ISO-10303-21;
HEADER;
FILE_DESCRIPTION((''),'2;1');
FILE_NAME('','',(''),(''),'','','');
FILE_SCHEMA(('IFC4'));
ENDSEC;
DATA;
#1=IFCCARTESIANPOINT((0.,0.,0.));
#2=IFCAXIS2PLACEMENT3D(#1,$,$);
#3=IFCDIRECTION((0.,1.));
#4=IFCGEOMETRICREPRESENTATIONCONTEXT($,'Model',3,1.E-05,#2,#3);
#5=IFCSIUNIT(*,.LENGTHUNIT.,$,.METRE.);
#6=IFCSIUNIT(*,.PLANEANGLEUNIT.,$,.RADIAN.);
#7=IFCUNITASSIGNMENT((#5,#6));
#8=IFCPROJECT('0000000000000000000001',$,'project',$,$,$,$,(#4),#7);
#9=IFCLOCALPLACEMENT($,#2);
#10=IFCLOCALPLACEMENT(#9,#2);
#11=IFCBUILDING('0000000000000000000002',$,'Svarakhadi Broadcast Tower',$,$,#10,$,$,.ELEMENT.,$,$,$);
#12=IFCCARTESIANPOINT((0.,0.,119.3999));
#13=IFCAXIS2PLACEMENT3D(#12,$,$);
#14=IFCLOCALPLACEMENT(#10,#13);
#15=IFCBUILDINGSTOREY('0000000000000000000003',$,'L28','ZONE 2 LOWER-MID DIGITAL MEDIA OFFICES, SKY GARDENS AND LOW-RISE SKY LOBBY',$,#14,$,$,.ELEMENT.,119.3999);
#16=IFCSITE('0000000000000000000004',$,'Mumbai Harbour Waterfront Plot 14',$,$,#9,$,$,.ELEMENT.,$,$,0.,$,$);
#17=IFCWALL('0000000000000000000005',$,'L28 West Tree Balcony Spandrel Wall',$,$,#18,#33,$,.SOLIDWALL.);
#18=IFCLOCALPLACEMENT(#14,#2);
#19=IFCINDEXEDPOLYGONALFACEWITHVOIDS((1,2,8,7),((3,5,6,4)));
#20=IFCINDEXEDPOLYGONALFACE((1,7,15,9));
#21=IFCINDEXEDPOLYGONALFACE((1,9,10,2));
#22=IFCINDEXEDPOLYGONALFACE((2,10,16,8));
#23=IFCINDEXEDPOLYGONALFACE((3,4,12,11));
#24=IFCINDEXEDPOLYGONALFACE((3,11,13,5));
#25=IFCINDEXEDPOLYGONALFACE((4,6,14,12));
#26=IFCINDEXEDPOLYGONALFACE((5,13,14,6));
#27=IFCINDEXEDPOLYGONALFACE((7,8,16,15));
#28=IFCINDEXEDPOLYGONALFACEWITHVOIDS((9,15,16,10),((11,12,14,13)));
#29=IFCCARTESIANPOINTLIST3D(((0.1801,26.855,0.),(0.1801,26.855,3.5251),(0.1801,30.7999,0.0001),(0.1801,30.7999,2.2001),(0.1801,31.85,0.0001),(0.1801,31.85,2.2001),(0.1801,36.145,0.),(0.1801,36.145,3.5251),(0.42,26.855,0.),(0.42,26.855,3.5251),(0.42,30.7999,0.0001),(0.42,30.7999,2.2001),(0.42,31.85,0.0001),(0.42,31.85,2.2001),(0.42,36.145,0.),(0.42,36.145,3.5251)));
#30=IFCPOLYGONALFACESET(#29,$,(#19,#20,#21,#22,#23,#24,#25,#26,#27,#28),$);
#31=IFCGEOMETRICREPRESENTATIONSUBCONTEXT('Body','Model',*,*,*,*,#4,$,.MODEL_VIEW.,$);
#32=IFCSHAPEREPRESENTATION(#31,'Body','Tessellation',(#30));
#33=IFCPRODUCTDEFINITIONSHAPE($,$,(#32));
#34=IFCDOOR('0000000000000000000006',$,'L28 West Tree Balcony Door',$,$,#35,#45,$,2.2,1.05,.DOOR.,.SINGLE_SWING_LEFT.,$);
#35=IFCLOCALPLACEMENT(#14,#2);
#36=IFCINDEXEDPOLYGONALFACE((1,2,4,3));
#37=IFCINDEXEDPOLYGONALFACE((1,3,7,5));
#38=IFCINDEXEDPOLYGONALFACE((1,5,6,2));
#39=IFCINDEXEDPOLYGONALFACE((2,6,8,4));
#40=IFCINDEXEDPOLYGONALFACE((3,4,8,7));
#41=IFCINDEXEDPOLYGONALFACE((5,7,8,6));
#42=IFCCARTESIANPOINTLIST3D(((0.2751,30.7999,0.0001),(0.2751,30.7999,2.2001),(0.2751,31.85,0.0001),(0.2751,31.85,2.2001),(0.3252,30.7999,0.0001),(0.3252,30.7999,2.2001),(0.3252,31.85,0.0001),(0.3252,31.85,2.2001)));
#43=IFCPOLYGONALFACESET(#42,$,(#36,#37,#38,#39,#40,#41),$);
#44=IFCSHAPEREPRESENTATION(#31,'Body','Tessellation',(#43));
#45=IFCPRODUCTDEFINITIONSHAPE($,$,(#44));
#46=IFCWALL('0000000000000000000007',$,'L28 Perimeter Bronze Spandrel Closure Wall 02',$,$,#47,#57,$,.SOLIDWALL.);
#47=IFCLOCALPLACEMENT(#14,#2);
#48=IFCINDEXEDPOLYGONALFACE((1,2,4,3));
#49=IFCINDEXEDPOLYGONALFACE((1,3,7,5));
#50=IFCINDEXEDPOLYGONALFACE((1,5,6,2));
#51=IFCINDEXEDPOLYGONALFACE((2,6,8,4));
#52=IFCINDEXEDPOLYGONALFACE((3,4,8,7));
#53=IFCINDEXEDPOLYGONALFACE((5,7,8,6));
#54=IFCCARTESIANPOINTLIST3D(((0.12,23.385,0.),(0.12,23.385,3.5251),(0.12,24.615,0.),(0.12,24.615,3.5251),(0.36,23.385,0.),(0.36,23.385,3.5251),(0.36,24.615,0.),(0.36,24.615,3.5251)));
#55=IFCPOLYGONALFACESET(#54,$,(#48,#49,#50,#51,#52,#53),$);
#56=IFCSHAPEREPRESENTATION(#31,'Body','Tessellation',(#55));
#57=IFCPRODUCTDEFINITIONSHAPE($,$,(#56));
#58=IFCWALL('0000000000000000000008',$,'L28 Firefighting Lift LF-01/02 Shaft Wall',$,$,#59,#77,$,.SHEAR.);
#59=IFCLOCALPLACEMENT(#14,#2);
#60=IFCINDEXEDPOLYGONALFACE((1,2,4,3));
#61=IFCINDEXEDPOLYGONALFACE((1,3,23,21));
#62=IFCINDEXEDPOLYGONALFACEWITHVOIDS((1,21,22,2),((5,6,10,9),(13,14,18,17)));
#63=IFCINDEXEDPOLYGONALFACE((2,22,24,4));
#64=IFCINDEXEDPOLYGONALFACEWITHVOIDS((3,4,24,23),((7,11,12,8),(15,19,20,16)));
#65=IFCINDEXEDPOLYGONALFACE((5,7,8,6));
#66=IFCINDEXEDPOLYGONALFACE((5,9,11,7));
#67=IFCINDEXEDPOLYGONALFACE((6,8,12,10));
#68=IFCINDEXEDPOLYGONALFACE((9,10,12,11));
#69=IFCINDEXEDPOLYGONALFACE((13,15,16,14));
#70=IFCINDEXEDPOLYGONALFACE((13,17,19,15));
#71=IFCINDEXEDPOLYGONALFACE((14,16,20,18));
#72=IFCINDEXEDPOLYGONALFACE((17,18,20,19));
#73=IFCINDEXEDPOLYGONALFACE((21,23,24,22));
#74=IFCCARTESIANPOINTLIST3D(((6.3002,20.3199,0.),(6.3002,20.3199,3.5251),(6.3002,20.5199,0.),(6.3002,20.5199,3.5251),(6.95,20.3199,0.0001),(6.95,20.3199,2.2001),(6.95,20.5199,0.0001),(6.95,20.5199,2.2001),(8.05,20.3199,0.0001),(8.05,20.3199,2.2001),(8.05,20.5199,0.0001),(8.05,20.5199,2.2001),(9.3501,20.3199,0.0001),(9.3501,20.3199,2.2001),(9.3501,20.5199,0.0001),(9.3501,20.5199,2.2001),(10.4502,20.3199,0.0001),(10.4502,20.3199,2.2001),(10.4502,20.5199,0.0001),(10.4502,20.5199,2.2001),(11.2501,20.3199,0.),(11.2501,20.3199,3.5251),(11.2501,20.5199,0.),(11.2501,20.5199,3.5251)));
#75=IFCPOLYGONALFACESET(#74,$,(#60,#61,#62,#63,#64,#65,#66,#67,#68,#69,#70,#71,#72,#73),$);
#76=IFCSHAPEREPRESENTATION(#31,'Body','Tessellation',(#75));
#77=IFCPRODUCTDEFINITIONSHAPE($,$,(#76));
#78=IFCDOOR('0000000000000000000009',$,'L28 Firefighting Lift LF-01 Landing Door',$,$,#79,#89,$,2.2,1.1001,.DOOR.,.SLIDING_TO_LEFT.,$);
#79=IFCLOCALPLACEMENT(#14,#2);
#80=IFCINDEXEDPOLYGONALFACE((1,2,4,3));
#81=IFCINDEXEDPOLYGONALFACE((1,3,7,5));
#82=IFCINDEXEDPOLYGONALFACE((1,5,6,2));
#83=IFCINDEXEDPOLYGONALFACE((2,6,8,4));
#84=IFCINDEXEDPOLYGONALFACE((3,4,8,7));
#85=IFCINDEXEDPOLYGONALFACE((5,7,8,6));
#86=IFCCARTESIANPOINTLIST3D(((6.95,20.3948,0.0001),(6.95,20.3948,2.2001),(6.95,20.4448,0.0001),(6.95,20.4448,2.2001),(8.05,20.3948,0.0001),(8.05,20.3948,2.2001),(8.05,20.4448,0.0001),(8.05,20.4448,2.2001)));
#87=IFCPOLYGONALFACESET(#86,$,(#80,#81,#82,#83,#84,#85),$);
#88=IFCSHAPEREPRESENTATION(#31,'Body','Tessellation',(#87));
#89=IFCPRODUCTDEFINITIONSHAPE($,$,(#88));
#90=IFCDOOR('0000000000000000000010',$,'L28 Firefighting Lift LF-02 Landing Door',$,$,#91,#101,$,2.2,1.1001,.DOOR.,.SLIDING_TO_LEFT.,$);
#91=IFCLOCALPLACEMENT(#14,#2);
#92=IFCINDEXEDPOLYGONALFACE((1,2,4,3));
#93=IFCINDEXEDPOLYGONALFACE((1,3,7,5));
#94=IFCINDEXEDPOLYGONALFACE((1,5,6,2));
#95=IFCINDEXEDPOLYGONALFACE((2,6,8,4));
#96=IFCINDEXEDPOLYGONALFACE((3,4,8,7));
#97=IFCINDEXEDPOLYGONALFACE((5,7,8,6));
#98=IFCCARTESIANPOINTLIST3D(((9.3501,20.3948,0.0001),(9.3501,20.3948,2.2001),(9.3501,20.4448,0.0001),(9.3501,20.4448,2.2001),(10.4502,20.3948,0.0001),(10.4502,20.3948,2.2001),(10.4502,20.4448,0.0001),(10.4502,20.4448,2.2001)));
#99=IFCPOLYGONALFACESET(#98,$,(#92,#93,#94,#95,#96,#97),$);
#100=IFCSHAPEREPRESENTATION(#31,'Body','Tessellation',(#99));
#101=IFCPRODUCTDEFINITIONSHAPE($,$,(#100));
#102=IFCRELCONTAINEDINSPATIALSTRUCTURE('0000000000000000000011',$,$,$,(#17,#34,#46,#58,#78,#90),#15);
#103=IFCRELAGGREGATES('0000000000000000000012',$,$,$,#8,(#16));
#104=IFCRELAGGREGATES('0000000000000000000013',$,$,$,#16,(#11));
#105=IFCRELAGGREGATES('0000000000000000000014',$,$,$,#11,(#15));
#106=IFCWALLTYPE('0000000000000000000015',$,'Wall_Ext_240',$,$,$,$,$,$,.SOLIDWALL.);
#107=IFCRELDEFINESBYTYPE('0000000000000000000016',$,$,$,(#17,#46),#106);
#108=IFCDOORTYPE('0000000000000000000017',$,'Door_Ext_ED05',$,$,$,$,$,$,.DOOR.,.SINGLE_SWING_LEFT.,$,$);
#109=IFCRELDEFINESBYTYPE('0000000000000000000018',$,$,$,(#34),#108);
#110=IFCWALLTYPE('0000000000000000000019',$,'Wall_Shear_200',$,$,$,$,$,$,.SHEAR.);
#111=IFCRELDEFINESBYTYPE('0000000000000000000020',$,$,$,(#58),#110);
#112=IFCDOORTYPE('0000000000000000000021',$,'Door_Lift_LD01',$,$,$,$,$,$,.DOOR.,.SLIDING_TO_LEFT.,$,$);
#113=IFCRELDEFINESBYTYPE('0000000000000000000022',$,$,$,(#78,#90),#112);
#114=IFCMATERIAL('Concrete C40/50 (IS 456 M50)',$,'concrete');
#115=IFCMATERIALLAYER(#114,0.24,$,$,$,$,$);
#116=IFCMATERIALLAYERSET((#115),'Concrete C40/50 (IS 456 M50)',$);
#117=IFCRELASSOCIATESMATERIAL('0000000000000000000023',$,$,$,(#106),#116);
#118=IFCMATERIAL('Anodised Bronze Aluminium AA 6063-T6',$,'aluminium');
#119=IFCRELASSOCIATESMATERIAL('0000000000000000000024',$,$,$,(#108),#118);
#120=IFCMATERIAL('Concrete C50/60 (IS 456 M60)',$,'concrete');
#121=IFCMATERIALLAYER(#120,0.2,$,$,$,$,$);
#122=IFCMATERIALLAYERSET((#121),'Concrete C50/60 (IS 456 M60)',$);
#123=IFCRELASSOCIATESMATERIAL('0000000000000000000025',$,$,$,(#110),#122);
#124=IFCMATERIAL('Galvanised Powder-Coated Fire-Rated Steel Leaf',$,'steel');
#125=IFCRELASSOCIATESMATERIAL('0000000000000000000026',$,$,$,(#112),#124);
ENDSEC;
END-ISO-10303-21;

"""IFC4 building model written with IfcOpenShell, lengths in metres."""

from ifc_helpers import new_model, si_unit, direction, frame, frame_2d, origin, place, context, subcontext, project, spatial, rectangle, extrude, material, layer, layer_set, type_object, element, fill, save


model = new_model("IFC4")

# Units and contexts
model_context = context("Model", 3, precision=1e-05, world=origin(), true_north=direction((0.0, 1.0)))
body_context = subcontext(model_context, "Body", "Model", "MODEL_VIEW")
ifc_project = project(units=[si_unit("LENGTHUNIT", "METRE"), si_unit("PLANEANGLEUNIT", "RADIAN")], contexts=[model_context])

# Site, building, storey
site_placement = place(None, origin())
site = spatial("IfcSite", under=ifc_project, at=site_placement, Name="Mumbai Harbour Waterfront Plot 14", CompositionType="ELEMENT", RefElevation=0.0)
building_placement = place(site_placement, origin())
building = spatial("IfcBuilding", under=site, at=building_placement, Name="Svarakhadi Broadcast Tower", CompositionType="ELEMENT")
storey_placement = place(building_placement, frame((0.0, 0.0, 119.3999)))
storey = spatial("IfcBuildingStorey", under=building, at=storey_placement, Name="L28", Description="ZONE 2 LOWER-MID DIGITAL MEDIA OFFICES, SKY GARDENS AND LOW-RISE SKY LOBBY", CompositionType="ELEMENT", Elevation=119.3999)

# Shared definitions
ifc_material_1 = material(Name="Concrete C50/60 (IS 456 M60)", Category="concrete")

# Shared definitions
ifc_material_2 = material(Name="Anodised Bronze Aluminium AA 6063-T6", Category="aluminium")

# Wall, opening, door
ifc_material_3 = material(Name="Concrete C40/50 (IS 456 M50)", Category="concrete")
ifc_layer_1 = layer(ifc_material_3, 0.24)
ifc_layer_set_1 = layer_set([ifc_layer_1], Name="Concrete C40/50 (IS 456 M50)")
wall_type_1 = type_object("IfcWallType", Name="Wall_Ext_240", PredefinedType="SOLIDWALL", material=ifc_layer_set_1)
wall_1_placement = place(storey_placement, frame((0.3, 26.855, 0.0), z_axis=(0.0, 0.0, 1.0), x_axis=(0.0, 1.0, 0.0)))
wall_1 = element("IfcWall", 1, at=wall_1_placement, inside=storey, type_object=wall_type_1, Name="L28 West Tree Balcony Spandrel Wall", PredefinedType="SOLIDWALL", context=body_context, shape_type="SweptSolid", body=[
    extrude(rectangle(XDim=9.29, YDim=0.24, at=frame_2d((4.645, 0.0))), origin(), (0.0, 0.0, 1.0), 3.5251),
])
opening_1_placement = place(wall_1_placement, frame((3.9451, 0.0, 0.0)))
opening_1 = element("IfcOpeningElement", 2, at=opening_1_placement, cuts=wall_1, PredefinedType="OPENING", context=body_context, shape_type="SweptSolid", body=[
    extrude(rectangle(XDim=1.05, YDim=2.2, at=frame_2d((0.5249, 1.1001))), frame((0.0, 0.1299, 0.0), z_axis=(0.0, -1.0, 0.0), x_axis=(1.0, 0.0, 0.0)), (0.0, 0.0, 1.0), 0.26),
])
door_type_1 = type_object("IfcDoorType", Name="Door_Ext_ED05", OperationType="SINGLE_SWING_LEFT", PredefinedType="DOOR", material=ifc_material_2)
door_1_placement = place(opening_1_placement, origin())
door_1 = element("IfcDoor", 3, at=door_1_placement, inside=storey, type_object=door_type_1, Name="L28 West Tree Balcony Door", OperationType="SINGLE_SWING_LEFT", OverallHeight=2.2, OverallWidth=1.05, PredefinedType="DOOR", context=body_context, shape_type="SweptSolid", body=[
    extrude(rectangle(XDim=1.05, YDim=2.2, at=frame_2d((0.5249, 1.1001))), frame((0.0, 0.0249, 0.0), z_axis=(0.0, -1.0, 0.0), x_axis=(1.0, 0.0, 0.0)), (0.0, 0.0, 1.0), 0.05),
])
fill(opening_1, door_1)

# Wall
wall_2_placement = place(storey_placement, frame((0.24, 23.385, 0.0), z_axis=(0.0, 0.0, 1.0), x_axis=(0.0, 1.0, 0.0)))
element("IfcWall", 4, at=wall_2_placement, inside=storey, type_object=wall_type_1, Name="L28 Perimeter Bronze Spandrel Closure Wall 02", PredefinedType="SOLIDWALL", context=body_context, shape_type="SweptSolid", body=[
    extrude(rectangle(XDim=1.23, YDim=0.24, at=frame_2d((0.615, 0.0))), origin(), (0.0, 0.0, 1.0), 3.5251),
])

# Wall, openings, doors
ifc_layer_2 = layer(ifc_material_1, 0.2)
ifc_layer_set_2 = layer_set([ifc_layer_2], Name="Concrete C50/60 (IS 456 M60)")
wall_type_2 = type_object("IfcWallType", Name="Wall_Shear_200", PredefinedType="SHEAR", material=ifc_layer_set_2)
wall_3_placement = place(storey_placement, frame((6.3, 20.4199, 0.0), z_axis=(0.0, 0.0, 1.0), x_axis=(1.0, 0.0, 0.0)))
wall_3 = element("IfcWall", 5, at=wall_3_placement, inside=storey, type_object=wall_type_2, Name="L28 Firefighting Lift LF-01/02 Shaft Wall", PredefinedType="SHEAR", context=body_context, shape_type="SweptSolid", body=[
    extrude(rectangle(XDim=4.95, YDim=0.2, at=frame_2d((2.4751, 0.0))), origin(), (0.0, 0.0, 1.0), 3.5251),
])
opening_2_placement = place(wall_3_placement, frame((0.6499, 0.0, 0.0)))
opening_2 = element("IfcOpeningElement", 6, at=opening_2_placement, cuts=wall_3, PredefinedType="OPENING", context=body_context, shape_type="SweptSolid", body=[
    extrude(rectangle(XDim=1.1001, YDim=2.2, at=frame_2d((0.55, 1.1001))), frame((0.0, 0.1099, 0.0), z_axis=(0.0, -1.0, 0.0), x_axis=(1.0, 0.0, 0.0)), (0.0, 0.0, 1.0), 0.22),
])
opening_3_placement = place(wall_3_placement, frame((3.05, 0.0, 0.0)))
opening_3 = element("IfcOpeningElement", 7, at=opening_3_placement, cuts=wall_3, PredefinedType="OPENING", context=body_context, shape_type="SweptSolid", body=[
    extrude(rectangle(XDim=1.1001, YDim=2.2, at=frame_2d((0.55, 1.1001))), frame((0.0, 0.1099, 0.0), z_axis=(0.0, -1.0, 0.0), x_axis=(1.0, 0.0, 0.0)), (0.0, 0.0, 1.0), 0.22),
])
ifc_material_4 = material(Name="Galvanised Powder-Coated Fire-Rated Steel Leaf", Category="steel")
door_type_2 = type_object("IfcDoorType", Name="Door_Lift_LD01", OperationType="SLIDING_TO_LEFT", PredefinedType="DOOR", material=ifc_material_4)
door_2_placement = place(opening_2_placement, origin())
door_2 = element("IfcDoor", 8, at=door_2_placement, inside=storey, type_object=door_type_2, Name="L28 Firefighting Lift LF-01 Landing Door", OperationType="SLIDING_TO_LEFT", OverallHeight=2.2, OverallWidth=1.1001, PredefinedType="DOOR", context=body_context, shape_type="SweptSolid", body=[
    extrude(rectangle(XDim=1.1001, YDim=2.2, at=frame_2d((0.55, 1.1001))), frame((0.0, 0.0249, 0.0), z_axis=(0.0, -1.0, 0.0), x_axis=(1.0, 0.0, 0.0)), (0.0, 0.0, 1.0), 0.05),
])
fill(opening_2, door_2)
door_3_placement = place(opening_3_placement, origin())
door_3 = element("IfcDoor", 9, at=door_3_placement, inside=storey, type_object=door_type_2, Name="L28 Firefighting Lift LF-02 Landing Door", OperationType="SLIDING_TO_LEFT", OverallHeight=2.2, OverallWidth=1.1001, PredefinedType="DOOR", context=body_context, shape_type="SweptSolid", body=[
    extrude(rectangle(XDim=1.1001, YDim=2.2, at=frame_2d((0.55, 1.1001))), frame((0.0, 0.0249, 0.0), z_axis=(0.0, -1.0, 0.0), x_axis=(1.0, 0.0, 0.0)), (0.0, 0.0, 1.0), 0.05),
])
fill(opening_3, door_3)

save(model, "model.ifc")
